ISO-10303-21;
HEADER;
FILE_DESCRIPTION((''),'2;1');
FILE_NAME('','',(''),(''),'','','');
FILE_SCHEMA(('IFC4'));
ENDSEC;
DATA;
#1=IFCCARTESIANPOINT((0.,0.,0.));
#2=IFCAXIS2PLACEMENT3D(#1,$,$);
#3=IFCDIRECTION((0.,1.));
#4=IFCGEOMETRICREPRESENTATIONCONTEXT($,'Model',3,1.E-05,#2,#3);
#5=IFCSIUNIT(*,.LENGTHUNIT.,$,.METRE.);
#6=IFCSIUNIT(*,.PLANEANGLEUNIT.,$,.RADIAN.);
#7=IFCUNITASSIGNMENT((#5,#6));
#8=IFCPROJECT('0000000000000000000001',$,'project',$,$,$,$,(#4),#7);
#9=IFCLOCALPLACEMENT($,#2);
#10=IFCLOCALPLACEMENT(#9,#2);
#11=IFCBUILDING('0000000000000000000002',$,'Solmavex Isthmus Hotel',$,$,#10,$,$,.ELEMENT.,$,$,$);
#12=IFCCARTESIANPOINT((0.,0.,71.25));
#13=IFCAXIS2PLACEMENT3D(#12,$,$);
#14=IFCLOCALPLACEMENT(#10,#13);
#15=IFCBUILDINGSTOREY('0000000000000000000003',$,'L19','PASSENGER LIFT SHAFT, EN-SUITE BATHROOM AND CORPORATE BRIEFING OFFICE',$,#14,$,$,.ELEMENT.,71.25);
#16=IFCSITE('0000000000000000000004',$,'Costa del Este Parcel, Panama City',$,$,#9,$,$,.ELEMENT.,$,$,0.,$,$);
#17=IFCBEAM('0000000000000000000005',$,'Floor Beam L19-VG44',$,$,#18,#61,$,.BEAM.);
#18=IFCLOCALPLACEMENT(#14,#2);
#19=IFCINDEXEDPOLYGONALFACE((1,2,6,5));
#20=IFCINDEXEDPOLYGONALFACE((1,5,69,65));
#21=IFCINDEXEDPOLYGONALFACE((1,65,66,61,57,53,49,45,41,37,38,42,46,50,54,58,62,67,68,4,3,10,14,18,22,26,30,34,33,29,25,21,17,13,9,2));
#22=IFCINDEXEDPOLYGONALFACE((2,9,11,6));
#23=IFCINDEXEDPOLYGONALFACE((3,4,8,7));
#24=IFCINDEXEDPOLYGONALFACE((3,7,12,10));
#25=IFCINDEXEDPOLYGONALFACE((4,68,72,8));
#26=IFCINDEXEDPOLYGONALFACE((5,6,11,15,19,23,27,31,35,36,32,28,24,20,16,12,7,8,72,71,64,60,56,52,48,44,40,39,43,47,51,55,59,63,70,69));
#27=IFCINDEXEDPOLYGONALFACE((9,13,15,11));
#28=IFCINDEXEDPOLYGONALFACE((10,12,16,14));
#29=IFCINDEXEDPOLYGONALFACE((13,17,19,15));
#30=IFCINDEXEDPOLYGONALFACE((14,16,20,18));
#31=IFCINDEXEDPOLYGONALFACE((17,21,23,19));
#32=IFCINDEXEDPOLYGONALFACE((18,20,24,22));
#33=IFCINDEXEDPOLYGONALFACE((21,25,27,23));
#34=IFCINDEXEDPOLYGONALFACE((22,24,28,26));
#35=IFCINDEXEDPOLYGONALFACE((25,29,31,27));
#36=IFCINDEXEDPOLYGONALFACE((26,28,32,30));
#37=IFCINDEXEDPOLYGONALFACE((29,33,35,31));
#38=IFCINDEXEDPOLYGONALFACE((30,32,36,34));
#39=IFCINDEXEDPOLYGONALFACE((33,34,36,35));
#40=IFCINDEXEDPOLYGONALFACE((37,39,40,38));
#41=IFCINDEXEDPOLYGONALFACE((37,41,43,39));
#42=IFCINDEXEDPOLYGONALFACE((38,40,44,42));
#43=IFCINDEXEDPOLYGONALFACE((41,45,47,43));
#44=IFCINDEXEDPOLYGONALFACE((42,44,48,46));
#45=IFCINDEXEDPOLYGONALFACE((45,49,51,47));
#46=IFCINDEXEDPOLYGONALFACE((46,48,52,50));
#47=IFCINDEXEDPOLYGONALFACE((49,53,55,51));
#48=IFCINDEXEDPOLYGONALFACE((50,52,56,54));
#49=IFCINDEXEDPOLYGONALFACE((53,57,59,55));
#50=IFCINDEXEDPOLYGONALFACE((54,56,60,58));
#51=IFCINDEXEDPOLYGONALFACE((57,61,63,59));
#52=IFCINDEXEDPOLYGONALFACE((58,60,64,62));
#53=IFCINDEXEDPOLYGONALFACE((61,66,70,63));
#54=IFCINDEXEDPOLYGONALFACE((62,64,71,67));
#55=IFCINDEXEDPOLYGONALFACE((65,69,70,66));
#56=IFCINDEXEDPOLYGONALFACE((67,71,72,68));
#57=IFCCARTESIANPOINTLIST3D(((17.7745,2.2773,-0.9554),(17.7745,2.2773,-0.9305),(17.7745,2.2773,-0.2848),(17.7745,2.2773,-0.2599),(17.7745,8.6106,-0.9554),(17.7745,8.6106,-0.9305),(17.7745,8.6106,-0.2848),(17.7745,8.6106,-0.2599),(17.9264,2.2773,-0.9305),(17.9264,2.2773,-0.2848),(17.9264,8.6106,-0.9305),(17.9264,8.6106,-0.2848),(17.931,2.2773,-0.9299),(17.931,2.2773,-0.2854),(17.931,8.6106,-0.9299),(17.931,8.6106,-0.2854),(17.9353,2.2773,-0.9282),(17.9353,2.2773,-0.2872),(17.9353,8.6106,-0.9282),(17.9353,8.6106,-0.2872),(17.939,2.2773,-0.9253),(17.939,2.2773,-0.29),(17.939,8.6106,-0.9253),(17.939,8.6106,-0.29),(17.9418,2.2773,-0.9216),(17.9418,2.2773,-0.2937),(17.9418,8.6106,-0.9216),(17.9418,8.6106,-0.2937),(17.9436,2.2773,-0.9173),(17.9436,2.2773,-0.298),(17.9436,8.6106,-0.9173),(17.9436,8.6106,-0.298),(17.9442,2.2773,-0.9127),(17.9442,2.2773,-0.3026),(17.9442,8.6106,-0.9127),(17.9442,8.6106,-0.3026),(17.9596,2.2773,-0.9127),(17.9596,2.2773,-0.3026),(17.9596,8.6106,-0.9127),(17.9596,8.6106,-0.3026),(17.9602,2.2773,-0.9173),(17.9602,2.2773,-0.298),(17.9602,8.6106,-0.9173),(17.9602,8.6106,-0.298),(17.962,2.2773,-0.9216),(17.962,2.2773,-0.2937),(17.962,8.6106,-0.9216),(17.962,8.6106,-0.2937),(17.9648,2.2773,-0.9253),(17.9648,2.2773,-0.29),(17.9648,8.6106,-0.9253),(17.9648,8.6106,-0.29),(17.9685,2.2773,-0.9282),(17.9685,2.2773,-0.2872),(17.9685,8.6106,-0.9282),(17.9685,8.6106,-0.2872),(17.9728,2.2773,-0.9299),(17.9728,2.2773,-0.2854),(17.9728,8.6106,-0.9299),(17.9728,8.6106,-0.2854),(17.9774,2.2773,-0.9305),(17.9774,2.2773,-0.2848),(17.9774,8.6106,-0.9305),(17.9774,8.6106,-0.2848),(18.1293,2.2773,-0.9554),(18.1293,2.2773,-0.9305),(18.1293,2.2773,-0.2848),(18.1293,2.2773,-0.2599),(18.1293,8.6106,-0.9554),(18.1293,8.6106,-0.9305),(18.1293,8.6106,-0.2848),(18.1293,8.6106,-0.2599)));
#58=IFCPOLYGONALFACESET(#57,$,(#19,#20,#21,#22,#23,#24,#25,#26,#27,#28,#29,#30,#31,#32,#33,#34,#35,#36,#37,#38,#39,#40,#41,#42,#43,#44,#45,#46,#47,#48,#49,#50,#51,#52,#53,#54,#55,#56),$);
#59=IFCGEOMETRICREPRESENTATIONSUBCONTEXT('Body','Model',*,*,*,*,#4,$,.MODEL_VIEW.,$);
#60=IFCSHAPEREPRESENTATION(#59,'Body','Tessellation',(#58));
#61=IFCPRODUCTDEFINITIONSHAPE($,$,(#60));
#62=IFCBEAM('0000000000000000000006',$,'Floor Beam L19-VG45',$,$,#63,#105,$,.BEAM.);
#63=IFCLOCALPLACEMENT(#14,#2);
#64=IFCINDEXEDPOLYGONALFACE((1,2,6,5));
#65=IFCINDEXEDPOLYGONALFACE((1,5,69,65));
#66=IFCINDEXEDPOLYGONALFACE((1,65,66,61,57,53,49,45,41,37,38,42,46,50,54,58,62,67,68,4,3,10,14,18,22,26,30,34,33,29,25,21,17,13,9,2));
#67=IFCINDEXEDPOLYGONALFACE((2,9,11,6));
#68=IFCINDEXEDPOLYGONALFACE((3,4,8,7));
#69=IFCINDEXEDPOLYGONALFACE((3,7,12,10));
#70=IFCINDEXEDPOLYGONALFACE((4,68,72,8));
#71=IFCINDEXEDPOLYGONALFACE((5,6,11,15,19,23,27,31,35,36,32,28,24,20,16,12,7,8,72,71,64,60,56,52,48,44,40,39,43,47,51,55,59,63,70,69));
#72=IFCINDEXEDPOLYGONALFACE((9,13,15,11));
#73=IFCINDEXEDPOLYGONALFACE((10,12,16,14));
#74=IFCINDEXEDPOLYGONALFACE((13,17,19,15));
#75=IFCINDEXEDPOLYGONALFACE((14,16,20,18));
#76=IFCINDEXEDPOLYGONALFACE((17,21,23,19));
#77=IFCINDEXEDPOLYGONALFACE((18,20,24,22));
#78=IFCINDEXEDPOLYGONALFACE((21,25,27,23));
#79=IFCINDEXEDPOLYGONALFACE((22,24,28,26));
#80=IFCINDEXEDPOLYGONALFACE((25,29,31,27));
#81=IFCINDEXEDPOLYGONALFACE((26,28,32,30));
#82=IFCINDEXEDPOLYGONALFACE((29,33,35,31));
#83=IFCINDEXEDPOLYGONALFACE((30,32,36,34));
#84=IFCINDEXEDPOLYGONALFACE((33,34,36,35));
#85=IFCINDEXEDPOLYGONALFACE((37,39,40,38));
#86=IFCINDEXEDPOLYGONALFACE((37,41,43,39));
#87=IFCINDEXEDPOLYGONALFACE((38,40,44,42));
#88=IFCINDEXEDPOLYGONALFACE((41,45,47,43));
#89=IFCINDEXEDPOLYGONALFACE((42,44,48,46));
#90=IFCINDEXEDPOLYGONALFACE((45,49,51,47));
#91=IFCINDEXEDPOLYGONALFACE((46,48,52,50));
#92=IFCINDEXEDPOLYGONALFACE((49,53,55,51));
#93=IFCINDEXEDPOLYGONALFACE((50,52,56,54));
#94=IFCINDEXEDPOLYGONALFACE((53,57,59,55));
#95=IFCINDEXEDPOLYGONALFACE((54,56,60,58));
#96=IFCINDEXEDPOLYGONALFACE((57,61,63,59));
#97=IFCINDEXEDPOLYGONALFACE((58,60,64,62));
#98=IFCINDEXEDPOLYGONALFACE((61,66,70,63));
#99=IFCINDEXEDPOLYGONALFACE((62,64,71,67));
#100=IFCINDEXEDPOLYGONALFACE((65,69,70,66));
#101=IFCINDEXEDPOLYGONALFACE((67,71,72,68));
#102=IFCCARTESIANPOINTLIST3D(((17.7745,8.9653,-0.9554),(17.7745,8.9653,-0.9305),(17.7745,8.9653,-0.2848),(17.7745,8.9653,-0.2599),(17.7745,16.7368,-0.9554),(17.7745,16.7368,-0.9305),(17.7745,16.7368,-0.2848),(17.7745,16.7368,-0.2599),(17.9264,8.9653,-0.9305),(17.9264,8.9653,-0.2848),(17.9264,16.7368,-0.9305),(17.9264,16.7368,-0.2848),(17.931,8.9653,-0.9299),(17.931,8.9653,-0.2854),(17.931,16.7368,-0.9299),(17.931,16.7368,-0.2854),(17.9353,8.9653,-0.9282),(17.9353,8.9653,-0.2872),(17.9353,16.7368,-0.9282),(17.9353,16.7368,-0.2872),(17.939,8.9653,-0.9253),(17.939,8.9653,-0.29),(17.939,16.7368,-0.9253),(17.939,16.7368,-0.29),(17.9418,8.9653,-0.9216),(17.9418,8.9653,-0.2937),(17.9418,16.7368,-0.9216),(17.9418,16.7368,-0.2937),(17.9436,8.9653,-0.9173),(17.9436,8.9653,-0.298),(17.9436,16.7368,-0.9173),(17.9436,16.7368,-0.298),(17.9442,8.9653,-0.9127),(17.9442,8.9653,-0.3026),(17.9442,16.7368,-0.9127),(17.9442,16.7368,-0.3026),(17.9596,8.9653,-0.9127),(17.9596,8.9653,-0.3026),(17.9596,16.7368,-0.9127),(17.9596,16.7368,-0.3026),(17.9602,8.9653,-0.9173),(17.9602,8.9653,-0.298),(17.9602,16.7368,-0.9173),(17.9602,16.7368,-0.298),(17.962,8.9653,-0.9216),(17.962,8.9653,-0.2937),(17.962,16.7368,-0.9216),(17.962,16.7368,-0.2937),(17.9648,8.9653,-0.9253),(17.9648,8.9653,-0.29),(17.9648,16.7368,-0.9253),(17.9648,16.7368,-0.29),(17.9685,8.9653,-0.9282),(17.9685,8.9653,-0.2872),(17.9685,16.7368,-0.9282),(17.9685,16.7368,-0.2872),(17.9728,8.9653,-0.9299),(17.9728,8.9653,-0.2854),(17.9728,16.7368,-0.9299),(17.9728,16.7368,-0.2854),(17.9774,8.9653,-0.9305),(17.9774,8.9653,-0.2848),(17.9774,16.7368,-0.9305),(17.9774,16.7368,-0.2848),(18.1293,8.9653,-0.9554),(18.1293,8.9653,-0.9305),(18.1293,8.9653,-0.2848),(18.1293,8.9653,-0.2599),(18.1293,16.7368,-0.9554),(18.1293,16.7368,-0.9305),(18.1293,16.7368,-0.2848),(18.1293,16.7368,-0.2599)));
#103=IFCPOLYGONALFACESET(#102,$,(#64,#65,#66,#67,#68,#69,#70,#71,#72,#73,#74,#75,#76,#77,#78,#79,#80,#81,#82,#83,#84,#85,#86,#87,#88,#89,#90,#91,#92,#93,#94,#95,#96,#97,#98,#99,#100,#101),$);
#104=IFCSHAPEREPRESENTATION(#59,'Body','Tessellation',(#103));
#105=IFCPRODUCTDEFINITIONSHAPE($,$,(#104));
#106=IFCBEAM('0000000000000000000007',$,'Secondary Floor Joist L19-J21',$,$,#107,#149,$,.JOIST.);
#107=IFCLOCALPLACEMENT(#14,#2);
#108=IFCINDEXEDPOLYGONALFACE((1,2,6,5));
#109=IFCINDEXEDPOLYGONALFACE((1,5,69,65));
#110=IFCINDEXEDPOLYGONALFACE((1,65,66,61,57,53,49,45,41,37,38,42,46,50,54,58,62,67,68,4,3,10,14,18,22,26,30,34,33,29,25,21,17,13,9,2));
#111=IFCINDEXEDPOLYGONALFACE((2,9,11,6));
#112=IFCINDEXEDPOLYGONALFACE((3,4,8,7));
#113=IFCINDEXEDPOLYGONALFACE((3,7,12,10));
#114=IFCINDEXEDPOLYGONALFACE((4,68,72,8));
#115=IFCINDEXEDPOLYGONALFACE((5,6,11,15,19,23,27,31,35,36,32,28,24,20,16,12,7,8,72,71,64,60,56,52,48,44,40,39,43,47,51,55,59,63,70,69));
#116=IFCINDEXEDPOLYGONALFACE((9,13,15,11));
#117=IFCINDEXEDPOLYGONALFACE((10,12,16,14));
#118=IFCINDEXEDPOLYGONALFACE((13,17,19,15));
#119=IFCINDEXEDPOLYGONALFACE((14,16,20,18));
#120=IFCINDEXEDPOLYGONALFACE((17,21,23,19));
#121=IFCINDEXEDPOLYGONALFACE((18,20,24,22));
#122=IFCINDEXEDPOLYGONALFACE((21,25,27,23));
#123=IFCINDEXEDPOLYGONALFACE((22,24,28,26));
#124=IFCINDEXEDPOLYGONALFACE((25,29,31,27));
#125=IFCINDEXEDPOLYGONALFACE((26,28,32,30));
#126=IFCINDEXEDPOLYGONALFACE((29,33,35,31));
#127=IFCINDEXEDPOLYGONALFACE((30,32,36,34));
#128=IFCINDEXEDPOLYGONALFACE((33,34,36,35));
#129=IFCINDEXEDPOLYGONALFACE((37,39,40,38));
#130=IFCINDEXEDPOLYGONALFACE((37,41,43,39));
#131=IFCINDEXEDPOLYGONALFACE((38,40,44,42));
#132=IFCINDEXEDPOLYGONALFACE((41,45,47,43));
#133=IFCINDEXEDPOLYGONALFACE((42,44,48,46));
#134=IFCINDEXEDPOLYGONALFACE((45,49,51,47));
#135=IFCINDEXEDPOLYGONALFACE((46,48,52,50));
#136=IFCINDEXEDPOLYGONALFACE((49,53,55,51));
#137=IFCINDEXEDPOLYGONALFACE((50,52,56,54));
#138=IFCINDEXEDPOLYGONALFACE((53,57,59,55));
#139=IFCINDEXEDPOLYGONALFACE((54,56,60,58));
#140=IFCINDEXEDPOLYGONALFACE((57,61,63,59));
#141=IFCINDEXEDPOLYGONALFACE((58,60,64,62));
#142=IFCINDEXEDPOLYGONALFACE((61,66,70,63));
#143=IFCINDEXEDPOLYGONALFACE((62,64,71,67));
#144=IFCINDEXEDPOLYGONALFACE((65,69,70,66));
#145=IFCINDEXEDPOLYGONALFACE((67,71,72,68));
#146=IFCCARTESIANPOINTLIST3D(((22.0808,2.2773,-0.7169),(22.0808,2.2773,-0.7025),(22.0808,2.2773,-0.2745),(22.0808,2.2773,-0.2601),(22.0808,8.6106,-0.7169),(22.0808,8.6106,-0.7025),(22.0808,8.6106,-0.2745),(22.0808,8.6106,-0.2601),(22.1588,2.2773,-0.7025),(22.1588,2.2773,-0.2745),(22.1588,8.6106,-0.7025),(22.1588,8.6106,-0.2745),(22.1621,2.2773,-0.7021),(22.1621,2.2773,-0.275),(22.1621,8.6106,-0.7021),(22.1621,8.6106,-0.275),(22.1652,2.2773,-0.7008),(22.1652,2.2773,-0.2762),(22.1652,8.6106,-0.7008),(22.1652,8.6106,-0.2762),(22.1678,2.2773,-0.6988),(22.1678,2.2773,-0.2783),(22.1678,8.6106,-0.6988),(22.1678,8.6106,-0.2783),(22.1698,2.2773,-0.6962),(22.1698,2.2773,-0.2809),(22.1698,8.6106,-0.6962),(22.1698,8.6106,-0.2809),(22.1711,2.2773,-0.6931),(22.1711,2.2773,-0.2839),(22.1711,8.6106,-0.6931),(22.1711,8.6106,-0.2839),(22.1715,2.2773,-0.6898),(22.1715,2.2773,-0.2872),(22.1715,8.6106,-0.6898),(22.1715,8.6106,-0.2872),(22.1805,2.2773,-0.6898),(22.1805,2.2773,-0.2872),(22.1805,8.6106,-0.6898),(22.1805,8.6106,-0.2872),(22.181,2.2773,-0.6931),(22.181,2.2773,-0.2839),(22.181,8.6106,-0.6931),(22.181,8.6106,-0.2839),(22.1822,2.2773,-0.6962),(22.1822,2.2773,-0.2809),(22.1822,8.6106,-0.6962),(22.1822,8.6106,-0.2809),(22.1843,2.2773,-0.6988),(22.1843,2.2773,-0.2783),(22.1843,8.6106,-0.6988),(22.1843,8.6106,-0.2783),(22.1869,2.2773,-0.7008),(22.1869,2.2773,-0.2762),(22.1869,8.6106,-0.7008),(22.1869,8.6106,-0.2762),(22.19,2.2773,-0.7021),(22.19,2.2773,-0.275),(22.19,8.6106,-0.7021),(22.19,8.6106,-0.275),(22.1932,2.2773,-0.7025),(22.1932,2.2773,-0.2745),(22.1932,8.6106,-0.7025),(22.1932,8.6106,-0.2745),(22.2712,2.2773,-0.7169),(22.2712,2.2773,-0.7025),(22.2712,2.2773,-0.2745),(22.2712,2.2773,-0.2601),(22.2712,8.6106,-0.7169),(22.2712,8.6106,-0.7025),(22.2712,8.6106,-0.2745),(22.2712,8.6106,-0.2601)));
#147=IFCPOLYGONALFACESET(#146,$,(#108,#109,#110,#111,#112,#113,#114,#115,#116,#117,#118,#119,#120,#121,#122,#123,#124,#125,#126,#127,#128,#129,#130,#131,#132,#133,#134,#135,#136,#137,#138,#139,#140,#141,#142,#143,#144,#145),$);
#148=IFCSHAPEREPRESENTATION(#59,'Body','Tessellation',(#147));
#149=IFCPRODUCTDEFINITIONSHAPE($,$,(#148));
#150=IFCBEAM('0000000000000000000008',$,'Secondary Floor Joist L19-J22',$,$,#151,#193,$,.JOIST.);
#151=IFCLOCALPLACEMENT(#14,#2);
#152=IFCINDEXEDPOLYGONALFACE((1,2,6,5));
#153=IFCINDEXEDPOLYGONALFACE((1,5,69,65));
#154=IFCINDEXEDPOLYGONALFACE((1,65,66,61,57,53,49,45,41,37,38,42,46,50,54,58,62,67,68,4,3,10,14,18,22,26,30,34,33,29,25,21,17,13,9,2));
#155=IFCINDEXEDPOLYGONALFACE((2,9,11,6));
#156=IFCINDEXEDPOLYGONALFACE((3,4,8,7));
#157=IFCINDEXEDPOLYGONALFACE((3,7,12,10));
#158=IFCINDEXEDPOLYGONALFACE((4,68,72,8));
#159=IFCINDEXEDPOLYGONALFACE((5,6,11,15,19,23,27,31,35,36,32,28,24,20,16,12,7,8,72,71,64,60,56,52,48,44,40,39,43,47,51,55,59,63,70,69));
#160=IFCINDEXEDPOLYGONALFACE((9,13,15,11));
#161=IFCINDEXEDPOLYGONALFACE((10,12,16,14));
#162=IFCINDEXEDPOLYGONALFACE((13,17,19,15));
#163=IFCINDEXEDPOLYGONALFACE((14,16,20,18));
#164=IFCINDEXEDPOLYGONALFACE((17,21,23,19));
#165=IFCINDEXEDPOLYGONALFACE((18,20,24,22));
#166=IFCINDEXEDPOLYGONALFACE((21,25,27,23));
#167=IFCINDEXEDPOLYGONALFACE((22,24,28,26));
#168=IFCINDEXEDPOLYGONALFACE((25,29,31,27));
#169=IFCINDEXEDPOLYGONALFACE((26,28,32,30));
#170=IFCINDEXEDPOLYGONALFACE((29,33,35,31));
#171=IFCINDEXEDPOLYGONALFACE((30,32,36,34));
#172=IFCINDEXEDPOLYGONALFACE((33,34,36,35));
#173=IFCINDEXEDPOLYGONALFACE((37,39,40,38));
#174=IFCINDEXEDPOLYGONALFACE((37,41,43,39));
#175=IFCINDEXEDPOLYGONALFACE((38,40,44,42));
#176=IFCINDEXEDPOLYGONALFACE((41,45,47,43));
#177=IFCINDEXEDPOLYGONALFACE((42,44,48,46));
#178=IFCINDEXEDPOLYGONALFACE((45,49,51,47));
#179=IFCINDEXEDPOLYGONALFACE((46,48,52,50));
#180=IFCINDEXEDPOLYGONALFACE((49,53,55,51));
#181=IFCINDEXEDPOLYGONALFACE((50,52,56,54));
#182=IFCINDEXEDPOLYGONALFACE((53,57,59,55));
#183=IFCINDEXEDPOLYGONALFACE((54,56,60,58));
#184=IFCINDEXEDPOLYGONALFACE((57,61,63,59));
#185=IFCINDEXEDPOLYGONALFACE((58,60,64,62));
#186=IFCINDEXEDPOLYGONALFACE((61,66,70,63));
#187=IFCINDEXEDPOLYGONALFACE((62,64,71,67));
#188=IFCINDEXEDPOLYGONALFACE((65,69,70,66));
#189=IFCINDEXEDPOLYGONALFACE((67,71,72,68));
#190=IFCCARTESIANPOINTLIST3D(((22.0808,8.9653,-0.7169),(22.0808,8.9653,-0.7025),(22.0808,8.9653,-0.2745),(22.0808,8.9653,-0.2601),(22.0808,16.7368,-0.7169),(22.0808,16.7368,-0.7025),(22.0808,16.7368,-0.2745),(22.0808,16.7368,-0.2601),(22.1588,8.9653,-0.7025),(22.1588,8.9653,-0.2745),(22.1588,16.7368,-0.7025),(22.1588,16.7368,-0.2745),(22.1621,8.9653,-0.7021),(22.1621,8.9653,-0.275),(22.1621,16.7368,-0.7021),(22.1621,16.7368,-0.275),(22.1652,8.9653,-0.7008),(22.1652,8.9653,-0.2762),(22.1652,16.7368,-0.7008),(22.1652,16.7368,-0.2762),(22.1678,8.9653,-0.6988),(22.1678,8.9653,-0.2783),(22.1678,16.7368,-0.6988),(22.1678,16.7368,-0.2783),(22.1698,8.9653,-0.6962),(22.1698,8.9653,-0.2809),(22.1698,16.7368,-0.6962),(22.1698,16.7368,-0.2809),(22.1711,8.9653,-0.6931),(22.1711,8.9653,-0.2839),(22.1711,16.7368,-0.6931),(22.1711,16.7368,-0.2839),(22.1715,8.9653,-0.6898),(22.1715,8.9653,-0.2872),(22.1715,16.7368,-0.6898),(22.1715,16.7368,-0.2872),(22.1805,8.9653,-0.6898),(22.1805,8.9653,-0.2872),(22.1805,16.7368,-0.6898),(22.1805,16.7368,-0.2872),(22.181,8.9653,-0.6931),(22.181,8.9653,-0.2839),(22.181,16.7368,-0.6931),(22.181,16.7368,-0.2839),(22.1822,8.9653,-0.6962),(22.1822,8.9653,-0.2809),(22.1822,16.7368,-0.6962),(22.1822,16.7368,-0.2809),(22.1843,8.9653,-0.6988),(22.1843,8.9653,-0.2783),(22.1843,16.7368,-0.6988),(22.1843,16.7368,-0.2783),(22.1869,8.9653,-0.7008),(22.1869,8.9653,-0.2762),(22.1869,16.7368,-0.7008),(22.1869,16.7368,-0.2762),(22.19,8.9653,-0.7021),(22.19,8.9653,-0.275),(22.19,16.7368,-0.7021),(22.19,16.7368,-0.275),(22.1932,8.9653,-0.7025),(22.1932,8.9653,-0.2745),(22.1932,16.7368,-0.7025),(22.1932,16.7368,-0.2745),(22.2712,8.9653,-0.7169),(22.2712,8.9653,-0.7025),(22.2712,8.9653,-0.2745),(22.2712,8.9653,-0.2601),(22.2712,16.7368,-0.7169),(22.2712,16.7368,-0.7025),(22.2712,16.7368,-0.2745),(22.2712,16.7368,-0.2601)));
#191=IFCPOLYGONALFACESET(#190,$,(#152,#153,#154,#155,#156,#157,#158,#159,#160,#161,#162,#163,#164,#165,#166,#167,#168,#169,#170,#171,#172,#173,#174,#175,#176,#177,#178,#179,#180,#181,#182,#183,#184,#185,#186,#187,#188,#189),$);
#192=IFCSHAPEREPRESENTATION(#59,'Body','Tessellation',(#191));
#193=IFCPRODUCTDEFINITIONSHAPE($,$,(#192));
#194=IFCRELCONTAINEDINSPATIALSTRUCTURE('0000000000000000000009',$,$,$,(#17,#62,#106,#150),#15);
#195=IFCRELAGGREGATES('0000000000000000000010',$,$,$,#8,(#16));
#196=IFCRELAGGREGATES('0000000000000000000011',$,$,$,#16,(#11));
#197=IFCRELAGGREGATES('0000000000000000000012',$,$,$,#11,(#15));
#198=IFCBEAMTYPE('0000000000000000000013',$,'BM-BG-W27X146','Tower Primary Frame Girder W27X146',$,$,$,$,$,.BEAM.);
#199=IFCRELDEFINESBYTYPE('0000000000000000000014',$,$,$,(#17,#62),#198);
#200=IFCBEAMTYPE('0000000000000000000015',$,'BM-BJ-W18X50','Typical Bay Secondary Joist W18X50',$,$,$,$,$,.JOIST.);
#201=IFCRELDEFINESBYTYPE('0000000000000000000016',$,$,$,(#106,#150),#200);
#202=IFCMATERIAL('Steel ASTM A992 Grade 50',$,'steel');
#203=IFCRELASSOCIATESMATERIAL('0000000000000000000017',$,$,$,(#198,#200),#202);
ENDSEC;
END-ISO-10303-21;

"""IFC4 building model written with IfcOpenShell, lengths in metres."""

from ifc_helpers import new_model, si_unit, direction, frame, origin, origin_2d, place, context, subcontext, project, spatial, i_section, extrude, material, material_profile, profile_set, type_object, element, save


model = new_model("IFC4")

# Units and contexts
model_context = context("Model", 3, precision=1e-05, world=origin(), true_north=direction((0.0, 1.0)))
body_context = subcontext(model_context, "Body", "Model", "MODEL_VIEW")
ifc_project = project(units=[si_unit("LENGTHUNIT", "METRE"), si_unit("PLANEANGLEUNIT", "RADIAN")], contexts=[model_context])

# Site, building, storey
site_placement = place(None, origin())
site = spatial("IfcSite", under=ifc_project, at=site_placement, Name="Costa del Este Parcel, Panama City", CompositionType="ELEMENT", RefElevation=0.0)
building_placement = place(site_placement, origin())
building = spatial("IfcBuilding", under=site, at=building_placement, Name="Solmavex Isthmus Hotel", CompositionType="ELEMENT")
storey_placement = place(building_placement, frame((0.0, 0.0, 71.25)))
storey = spatial("IfcBuildingStorey", under=building, at=storey_placement, Name="L19", Description="PASSENGER LIFT SHAFT, EN-SUITE BATHROOM AND CORPORATE BRIEFING OFFICE", CompositionType="ELEMENT", Elevation=71.25)

# Beams
ifc_material_1 = material(Name="Steel ASTM A992 Grade 50", Category="steel")
ifc_material_profile_1 = material_profile(ifc_material_1, i_section(OverallWidth=0.3547, OverallDepth=0.6956, WebThickness=0.0154, FlangeThickness=0.0249, FilletRadius=0.0178, at=origin_2d()), Name="W27X146")
ifc_profile_set_1 = profile_set([ifc_material_profile_1], Name="Steel ASTM A992 Grade 50")
beam_type_1 = type_object("IfcBeamType", Name="BM-BG-W27X146", Description="Tower Primary Frame Girder W27X146", PredefinedType="BEAM", material=ifc_profile_set_1)
beam_1_placement = place(storey_placement, frame((17.9519, 2.2773, -0.6077), z_axis=(0.0, 1.0, 0.0), x_axis=(-1.0, 0.0, 0.0)))
element("IfcBeam", 1, at=beam_1_placement, inside=storey, type_object=beam_type_1, Name="Floor Beam L19-VG44", PredefinedType="BEAM", context=body_context, shape_type="SweptSolid", body=[
    extrude(i_section(OverallWidth=0.3547, OverallDepth=0.6956, WebThickness=0.0154, FlangeThickness=0.0249, FilletRadius=0.0178, at=origin_2d()), origin(), (0.0, 0.0, 1.0), 6.3333),
])
beam_2_placement = place(storey_placement, frame((17.9519, 8.9653, -0.6077), z_axis=(0.0, 1.0, 0.0), x_axis=(-1.0, 0.0, 0.0)))
element("IfcBeam", 2, at=beam_2_placement, inside=storey, type_object=beam_type_1, Name="Floor Beam L19-VG45", PredefinedType="BEAM", context=body_context, shape_type="SweptSolid", body=[
    extrude(i_section(OverallWidth=0.3547, OverallDepth=0.6956, WebThickness=0.0154, FlangeThickness=0.0249, FilletRadius=0.0178, at=origin_2d()), origin(), (0.0, 0.0, 1.0), 7.7715),
])
ifc_material_profile_2 = material_profile(ifc_material_1, i_section(OverallWidth=0.1904, OverallDepth=0.4568, WebThickness=0.009, FlangeThickness=0.0144, FilletRadius=0.0127, at=origin_2d()), Name="W18X50")
ifc_profile_set_2 = profile_set([ifc_material_profile_2], Name="Steel ASTM A992 Grade 50")
beam_type_2 = type_object("IfcBeamType", Name="BM-BJ-W18X50", Description="Typical Bay Secondary Joist W18X50", PredefinedType="JOIST", material=ifc_profile_set_2)
beam_3_placement = place(storey_placement, frame((22.176, 2.2773, -0.4885), z_axis=(0.0, 1.0, 0.0), x_axis=(-1.0, 0.0, 0.0)))
element("IfcBeam", 3, at=beam_3_placement, inside=storey, type_object=beam_type_2, Name="Secondary Floor Joist L19-J21", PredefinedType="JOIST", context=body_context, shape_type="SweptSolid", body=[
    extrude(i_section(OverallWidth=0.1904, OverallDepth=0.4568, WebThickness=0.009, FlangeThickness=0.0144, FilletRadius=0.0127, at=origin_2d()), origin(), (0.0, 0.0, 1.0), 6.3333),
])
beam_4_placement = place(storey_placement, frame((22.176, 8.9653, -0.4885), z_axis=(0.0, 1.0, 0.0), x_axis=(-1.0, 0.0, 0.0)))
element("IfcBeam", 4, at=beam_4_placement, inside=storey, type_object=beam_type_2, Name="Secondary Floor Joist L19-J22", PredefinedType="JOIST", context=body_context, shape_type="SweptSolid", body=[
    extrude(i_section(OverallWidth=0.1904, OverallDepth=0.4568, WebThickness=0.009, FlangeThickness=0.0144, FilletRadius=0.0127, at=origin_2d()), origin(), (0.0, 0.0, 1.0), 7.7715),
])

save(model, "model.ifc")
